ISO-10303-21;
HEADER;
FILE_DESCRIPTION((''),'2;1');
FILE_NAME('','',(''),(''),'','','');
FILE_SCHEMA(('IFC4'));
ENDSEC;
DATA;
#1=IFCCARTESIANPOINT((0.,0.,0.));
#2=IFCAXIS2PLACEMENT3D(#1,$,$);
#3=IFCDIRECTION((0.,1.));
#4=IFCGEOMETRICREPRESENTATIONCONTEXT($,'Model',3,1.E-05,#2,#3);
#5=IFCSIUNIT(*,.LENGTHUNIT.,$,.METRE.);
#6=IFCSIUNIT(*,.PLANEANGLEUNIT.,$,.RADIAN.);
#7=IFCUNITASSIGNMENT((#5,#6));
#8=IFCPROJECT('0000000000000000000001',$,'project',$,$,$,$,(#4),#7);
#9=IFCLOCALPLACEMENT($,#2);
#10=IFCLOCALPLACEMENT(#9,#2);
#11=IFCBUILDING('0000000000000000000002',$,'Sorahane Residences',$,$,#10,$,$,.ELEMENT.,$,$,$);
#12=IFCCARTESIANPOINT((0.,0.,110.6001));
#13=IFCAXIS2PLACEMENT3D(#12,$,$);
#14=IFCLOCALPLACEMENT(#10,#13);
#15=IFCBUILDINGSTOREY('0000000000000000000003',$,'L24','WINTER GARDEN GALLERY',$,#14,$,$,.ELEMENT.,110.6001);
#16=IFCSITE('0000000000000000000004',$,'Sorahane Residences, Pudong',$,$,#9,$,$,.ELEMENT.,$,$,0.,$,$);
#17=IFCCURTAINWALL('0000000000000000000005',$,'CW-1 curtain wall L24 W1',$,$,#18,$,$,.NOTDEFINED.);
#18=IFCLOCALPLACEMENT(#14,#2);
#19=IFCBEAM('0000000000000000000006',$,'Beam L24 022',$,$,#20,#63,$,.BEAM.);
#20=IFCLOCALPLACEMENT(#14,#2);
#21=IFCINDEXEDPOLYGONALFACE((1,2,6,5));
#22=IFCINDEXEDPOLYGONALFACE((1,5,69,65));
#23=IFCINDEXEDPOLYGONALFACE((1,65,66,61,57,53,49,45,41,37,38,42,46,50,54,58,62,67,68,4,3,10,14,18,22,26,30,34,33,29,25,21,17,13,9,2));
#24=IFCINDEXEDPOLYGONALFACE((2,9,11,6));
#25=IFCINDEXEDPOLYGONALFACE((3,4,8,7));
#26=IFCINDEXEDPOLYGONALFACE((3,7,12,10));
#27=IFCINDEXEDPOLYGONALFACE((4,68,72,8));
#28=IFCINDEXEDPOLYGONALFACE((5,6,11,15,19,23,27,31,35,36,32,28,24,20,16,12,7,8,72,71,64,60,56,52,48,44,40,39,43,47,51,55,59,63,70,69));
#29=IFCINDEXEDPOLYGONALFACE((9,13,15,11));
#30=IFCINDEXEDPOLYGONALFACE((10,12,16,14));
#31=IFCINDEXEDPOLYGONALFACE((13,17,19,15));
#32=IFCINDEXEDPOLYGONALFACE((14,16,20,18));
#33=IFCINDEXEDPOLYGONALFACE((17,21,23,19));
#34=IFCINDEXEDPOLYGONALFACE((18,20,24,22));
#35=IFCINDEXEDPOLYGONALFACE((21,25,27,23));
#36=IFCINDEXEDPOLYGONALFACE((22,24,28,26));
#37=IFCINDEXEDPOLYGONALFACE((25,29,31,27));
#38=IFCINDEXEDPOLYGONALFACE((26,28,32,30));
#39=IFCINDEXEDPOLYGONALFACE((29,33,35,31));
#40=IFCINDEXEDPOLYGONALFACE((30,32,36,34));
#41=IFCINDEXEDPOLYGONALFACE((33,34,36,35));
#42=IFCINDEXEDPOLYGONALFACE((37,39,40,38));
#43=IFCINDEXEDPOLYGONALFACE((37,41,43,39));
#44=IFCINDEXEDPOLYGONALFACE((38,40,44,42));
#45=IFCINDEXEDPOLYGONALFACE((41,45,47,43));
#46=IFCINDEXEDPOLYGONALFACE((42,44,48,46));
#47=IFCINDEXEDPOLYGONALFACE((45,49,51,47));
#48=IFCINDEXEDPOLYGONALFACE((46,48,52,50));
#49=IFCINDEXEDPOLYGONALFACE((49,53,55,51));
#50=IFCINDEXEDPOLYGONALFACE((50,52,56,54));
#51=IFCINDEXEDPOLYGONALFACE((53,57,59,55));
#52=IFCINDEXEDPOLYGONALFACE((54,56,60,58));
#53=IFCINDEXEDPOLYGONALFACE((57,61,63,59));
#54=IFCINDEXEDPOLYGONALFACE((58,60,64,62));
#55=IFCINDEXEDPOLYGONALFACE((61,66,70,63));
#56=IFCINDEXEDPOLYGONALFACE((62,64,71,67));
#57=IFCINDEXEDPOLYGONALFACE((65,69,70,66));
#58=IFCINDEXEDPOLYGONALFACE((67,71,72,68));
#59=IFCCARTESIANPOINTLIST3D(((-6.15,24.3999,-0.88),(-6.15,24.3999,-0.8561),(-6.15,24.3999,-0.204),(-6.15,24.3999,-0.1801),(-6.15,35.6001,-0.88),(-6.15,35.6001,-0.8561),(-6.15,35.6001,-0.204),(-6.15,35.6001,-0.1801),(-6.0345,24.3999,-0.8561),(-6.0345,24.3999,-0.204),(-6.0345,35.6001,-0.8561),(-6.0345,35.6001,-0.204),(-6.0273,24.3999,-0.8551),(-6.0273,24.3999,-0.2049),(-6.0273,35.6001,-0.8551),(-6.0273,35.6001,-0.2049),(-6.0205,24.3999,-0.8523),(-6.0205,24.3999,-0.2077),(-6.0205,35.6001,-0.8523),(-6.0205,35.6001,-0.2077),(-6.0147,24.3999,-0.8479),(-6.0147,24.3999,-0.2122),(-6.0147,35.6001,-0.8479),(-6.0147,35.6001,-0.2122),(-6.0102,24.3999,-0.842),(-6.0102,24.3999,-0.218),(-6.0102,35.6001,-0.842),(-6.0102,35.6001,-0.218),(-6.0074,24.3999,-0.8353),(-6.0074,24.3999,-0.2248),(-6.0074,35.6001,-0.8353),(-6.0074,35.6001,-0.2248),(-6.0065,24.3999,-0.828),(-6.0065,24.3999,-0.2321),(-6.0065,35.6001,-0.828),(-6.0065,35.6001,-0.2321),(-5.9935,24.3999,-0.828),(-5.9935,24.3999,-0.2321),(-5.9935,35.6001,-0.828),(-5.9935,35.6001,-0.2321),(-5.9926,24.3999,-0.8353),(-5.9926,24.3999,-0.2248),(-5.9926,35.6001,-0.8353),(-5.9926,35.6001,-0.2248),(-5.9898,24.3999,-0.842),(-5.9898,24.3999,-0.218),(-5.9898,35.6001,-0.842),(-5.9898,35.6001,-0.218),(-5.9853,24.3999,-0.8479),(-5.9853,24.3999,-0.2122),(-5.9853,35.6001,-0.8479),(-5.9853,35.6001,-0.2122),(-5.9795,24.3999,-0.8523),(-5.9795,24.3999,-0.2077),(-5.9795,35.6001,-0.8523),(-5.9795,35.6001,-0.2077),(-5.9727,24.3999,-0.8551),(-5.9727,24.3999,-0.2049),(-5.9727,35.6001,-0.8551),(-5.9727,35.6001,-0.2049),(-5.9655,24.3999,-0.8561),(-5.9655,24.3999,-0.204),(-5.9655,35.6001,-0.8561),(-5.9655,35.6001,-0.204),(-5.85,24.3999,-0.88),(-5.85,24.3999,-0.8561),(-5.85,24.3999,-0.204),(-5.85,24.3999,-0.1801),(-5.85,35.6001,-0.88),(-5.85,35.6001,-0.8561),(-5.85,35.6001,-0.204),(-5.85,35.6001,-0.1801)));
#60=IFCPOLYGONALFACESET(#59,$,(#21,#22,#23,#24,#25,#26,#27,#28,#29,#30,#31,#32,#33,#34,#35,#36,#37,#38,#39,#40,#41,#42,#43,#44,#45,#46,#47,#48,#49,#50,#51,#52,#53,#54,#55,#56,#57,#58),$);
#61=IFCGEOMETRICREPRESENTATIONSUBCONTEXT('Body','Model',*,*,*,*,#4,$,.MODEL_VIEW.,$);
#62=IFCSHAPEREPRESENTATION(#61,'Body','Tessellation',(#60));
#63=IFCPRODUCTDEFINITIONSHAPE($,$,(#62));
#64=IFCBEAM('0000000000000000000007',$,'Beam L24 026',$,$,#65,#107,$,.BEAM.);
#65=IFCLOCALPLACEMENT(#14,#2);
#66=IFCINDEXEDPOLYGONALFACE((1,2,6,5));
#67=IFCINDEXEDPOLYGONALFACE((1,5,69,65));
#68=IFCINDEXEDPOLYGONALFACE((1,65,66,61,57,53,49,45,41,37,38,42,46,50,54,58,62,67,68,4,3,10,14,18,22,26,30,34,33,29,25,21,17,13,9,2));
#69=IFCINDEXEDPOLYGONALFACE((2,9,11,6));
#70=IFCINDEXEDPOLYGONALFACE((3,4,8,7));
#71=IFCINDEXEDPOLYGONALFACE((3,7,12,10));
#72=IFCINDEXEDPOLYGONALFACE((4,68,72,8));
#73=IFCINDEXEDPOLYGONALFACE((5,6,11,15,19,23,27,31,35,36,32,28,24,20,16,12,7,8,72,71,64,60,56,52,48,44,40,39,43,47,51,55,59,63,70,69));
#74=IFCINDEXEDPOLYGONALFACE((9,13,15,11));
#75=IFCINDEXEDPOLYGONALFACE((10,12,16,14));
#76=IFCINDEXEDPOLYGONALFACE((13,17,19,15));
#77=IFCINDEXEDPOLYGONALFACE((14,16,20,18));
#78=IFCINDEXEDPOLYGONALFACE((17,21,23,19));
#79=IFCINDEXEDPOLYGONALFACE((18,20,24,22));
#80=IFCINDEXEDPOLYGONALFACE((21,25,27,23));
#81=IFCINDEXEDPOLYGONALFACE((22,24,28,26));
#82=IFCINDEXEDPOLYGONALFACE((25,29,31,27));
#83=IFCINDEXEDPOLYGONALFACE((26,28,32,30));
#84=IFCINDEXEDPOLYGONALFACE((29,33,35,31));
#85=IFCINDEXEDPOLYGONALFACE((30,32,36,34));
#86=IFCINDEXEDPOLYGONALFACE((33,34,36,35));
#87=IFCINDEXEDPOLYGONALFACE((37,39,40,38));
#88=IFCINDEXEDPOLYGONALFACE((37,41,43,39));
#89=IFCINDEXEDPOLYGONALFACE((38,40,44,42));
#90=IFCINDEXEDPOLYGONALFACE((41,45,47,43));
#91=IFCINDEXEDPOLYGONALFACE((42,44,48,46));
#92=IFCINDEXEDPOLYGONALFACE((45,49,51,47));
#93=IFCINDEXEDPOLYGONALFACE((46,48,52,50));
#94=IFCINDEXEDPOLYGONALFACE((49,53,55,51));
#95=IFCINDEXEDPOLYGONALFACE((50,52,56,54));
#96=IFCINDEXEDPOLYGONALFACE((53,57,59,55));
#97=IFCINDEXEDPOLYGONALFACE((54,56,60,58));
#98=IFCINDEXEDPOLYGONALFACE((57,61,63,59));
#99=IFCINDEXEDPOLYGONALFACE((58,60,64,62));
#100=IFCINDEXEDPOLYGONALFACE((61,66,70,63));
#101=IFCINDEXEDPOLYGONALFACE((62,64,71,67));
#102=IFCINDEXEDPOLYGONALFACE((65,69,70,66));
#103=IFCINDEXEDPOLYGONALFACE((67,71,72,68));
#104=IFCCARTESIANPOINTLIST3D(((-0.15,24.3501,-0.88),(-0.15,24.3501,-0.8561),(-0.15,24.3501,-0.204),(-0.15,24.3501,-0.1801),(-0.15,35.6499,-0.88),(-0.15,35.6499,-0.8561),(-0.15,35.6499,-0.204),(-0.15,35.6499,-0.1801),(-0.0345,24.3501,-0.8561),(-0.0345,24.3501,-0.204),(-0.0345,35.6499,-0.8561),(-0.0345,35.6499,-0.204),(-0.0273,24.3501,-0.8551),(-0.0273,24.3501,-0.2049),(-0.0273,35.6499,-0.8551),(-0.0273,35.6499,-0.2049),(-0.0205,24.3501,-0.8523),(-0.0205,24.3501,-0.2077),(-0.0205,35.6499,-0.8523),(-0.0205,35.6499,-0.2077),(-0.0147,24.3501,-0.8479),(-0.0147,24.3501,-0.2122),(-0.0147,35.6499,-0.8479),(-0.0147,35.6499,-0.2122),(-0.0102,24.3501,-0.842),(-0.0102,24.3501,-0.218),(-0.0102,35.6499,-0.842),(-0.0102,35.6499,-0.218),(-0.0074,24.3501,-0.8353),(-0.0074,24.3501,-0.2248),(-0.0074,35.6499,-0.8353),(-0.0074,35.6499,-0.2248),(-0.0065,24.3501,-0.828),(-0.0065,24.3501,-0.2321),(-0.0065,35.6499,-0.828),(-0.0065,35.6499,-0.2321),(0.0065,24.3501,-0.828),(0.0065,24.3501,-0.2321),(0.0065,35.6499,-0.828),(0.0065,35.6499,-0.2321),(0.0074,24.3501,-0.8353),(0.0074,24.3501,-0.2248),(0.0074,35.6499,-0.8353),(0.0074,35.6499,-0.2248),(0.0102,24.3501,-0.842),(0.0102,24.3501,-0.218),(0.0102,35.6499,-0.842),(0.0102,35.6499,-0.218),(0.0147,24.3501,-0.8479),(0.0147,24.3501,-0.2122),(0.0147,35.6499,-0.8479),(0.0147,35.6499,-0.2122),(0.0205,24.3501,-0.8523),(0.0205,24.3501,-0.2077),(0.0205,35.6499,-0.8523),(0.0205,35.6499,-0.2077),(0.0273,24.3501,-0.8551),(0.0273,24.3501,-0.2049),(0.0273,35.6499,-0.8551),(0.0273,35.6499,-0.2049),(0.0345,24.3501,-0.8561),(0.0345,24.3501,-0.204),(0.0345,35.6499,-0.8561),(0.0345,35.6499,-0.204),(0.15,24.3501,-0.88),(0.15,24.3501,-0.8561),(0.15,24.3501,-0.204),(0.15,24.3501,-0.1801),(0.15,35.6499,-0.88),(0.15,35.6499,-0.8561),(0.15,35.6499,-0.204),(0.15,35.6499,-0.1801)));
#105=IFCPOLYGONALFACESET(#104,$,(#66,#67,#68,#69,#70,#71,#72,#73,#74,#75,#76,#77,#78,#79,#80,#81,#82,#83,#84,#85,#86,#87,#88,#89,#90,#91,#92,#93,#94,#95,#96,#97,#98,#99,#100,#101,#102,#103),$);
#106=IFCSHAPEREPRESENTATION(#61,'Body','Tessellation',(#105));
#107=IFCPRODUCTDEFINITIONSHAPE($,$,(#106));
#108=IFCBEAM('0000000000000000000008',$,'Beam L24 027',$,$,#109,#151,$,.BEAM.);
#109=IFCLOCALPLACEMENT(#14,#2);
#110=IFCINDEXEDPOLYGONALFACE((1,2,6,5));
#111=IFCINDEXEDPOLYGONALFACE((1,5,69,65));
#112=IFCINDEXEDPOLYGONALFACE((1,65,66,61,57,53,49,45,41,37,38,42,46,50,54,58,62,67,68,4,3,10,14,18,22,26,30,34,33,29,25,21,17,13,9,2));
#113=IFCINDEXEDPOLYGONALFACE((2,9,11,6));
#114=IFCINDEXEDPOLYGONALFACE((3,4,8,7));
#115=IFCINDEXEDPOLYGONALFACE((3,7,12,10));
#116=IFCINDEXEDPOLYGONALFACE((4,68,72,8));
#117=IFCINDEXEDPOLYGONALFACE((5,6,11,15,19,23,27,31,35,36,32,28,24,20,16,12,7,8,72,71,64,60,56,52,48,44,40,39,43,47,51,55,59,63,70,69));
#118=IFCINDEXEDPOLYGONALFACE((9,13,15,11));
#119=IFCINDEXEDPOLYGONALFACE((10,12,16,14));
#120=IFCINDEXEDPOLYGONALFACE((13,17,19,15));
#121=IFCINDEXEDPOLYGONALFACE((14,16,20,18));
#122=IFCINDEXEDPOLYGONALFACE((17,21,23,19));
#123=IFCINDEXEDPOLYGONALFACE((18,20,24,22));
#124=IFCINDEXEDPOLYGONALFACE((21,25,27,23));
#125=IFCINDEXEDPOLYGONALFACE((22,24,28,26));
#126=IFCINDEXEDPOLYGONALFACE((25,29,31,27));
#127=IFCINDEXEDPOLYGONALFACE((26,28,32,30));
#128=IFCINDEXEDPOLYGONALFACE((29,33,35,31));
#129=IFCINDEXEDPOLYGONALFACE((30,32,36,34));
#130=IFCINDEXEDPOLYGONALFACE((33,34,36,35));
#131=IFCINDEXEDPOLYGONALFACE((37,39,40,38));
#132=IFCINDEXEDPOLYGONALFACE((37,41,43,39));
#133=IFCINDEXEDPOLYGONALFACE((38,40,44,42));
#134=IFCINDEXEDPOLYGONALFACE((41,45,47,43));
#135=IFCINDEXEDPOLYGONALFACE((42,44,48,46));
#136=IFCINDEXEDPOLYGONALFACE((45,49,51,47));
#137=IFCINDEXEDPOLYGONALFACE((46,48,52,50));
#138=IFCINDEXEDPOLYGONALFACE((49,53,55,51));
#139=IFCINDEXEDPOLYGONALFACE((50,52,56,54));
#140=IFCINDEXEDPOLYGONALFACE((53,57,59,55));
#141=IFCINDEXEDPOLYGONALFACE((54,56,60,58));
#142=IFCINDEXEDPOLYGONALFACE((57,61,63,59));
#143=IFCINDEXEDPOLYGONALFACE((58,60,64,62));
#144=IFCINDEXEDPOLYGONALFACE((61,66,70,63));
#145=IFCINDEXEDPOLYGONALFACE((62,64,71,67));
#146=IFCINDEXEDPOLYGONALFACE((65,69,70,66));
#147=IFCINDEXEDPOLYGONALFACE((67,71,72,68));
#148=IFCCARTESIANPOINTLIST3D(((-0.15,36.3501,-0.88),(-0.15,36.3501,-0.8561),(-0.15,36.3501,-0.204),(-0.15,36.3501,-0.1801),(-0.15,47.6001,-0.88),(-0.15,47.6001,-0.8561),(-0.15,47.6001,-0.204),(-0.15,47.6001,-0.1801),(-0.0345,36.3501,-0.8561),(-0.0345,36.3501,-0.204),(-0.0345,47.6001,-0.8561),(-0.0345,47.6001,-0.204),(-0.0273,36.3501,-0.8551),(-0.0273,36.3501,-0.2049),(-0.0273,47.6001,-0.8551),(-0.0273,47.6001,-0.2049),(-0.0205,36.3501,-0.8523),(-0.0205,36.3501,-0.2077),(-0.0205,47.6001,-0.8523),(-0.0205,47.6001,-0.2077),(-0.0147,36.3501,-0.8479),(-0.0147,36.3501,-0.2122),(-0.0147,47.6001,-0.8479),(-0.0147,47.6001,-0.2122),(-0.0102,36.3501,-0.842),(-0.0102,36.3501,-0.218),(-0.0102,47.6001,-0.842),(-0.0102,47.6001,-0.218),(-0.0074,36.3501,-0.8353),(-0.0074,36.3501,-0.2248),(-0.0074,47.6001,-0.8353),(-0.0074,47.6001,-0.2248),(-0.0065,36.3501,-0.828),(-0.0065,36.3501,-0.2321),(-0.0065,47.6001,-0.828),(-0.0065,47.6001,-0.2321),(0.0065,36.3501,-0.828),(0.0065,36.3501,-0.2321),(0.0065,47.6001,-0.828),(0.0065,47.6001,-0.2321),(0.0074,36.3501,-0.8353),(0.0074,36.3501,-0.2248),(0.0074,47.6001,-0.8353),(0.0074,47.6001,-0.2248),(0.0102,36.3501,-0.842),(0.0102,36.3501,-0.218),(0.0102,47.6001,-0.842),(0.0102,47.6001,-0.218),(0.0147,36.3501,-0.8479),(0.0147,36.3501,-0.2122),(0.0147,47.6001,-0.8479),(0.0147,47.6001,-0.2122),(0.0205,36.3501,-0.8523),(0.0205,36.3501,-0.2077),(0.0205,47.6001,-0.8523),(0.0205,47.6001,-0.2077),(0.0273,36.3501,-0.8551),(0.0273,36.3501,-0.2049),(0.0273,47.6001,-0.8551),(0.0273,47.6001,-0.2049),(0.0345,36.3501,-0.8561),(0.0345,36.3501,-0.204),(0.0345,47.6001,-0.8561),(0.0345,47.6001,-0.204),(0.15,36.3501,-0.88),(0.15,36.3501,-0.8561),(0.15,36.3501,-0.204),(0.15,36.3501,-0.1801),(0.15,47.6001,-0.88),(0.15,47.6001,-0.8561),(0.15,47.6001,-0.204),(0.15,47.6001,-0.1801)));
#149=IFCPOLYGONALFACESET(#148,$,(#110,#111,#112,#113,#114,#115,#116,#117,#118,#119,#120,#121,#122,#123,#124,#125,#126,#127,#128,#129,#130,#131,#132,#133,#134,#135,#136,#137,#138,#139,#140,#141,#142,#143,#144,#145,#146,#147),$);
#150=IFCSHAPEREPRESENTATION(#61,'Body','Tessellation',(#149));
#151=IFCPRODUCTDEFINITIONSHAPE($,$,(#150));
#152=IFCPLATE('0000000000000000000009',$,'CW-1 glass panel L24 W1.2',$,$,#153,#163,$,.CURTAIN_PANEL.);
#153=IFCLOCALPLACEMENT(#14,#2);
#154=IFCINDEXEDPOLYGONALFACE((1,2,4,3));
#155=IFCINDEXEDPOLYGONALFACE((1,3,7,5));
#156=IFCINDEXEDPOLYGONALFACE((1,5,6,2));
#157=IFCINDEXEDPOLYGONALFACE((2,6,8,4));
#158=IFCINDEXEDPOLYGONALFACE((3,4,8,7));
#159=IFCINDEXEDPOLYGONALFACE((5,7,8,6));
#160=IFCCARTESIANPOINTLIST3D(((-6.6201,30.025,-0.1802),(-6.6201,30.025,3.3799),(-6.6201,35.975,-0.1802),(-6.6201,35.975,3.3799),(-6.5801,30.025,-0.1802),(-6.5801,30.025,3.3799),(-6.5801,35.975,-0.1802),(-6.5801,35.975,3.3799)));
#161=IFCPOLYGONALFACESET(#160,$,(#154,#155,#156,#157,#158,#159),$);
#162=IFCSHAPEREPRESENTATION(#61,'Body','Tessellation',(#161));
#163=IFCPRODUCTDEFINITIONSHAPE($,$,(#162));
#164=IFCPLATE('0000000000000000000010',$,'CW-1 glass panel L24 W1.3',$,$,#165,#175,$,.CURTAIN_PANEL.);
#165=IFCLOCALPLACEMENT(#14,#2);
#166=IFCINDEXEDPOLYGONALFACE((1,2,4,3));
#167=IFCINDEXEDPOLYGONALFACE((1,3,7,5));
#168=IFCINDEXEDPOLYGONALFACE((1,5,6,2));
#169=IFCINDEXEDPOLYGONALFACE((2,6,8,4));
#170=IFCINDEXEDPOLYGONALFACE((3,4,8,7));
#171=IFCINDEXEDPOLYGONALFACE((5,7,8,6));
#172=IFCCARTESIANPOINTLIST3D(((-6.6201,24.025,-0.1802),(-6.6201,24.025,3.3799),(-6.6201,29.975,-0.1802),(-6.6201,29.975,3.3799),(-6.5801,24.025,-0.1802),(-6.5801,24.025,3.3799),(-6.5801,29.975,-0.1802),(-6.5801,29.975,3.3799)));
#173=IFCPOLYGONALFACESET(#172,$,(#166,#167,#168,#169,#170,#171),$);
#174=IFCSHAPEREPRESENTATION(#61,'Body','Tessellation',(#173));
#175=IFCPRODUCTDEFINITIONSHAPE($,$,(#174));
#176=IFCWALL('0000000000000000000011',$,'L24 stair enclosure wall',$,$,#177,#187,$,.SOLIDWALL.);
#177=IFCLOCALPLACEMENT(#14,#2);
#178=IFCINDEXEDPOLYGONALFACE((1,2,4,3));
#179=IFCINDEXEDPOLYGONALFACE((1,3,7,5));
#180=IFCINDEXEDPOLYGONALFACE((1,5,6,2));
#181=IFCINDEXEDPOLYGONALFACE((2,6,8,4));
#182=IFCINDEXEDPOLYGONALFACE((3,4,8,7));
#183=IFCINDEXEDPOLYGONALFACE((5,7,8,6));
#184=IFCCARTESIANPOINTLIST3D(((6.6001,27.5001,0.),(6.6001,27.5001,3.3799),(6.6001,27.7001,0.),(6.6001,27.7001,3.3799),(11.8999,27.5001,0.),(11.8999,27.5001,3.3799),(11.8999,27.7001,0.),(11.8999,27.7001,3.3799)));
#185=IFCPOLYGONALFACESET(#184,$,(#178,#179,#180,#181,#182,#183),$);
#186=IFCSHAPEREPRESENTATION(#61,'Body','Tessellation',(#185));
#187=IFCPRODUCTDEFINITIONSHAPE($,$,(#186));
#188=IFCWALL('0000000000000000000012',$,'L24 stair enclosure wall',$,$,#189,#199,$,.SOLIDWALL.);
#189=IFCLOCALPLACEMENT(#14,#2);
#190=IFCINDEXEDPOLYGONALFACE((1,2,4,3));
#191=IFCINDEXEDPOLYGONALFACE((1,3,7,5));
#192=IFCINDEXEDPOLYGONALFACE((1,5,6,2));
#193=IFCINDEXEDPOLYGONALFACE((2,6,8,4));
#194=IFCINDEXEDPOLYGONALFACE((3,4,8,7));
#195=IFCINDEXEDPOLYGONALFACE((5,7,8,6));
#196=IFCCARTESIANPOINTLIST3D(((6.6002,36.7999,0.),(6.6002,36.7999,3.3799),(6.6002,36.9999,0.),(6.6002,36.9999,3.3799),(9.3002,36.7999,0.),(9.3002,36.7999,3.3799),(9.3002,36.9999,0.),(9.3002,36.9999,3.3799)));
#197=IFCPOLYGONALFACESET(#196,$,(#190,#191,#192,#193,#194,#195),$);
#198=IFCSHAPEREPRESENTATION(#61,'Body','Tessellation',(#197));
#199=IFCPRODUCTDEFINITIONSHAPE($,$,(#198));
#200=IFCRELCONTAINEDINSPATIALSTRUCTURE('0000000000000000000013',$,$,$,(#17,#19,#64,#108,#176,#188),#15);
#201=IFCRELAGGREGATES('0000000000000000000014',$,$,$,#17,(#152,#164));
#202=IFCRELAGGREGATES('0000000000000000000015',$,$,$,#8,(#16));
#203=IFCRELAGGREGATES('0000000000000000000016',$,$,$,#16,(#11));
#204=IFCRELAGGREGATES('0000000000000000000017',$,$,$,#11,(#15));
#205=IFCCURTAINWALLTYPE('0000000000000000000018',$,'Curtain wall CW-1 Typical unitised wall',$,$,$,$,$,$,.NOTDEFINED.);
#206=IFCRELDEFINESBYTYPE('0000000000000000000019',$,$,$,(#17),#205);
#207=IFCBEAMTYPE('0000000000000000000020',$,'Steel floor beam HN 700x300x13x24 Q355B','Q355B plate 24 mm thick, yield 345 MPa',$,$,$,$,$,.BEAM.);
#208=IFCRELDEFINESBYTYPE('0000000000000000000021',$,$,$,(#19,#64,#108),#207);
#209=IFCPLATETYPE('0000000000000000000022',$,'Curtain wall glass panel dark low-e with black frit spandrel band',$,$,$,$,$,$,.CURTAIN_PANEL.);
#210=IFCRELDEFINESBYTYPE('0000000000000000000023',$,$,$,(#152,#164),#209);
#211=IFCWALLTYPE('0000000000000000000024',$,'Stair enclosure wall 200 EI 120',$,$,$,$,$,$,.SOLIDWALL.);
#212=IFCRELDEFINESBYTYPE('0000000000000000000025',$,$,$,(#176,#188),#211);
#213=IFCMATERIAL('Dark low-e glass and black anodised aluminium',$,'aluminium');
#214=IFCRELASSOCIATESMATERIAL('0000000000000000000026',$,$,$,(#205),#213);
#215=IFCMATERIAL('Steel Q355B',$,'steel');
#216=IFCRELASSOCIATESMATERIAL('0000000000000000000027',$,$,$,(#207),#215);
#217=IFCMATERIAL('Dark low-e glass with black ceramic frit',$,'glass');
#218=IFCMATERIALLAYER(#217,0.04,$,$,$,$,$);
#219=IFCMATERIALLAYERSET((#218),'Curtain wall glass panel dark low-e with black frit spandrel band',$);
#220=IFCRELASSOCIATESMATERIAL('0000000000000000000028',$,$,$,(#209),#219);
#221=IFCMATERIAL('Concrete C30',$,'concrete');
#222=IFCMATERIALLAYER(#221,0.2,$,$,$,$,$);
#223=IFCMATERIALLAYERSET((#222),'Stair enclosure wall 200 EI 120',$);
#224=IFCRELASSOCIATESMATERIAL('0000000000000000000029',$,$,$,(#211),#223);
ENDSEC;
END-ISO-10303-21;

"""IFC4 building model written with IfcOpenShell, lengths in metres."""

from ifc_helpers import new_model, si_unit, direction, frame, frame_2d, origin, origin_2d, place, context, subcontext, project, spatial, rectangle, i_section, extrude, material, layer, layer_set, material_profile, profile_set, type_object, element, aggregate, save


model = new_model("IFC4")

# Units and contexts
model_context = context("Model", 3, precision=1e-05, world=origin(), true_north=direction((0.0, 1.0)))
body_context = subcontext(model_context, "Body", "Model", "MODEL_VIEW")
ifc_project = project(units=[si_unit("LENGTHUNIT", "METRE"), si_unit("PLANEANGLEUNIT", "RADIAN")], contexts=[model_context])

# Site, building, storey
site_placement = place(None, origin())
site = spatial("IfcSite", under=ifc_project, at=site_placement, Name="Sorahane Residences, Pudong", CompositionType="ELEMENT", RefElevation=0.0)
building_placement = place(site_placement, origin())
building = spatial("IfcBuilding", under=site, at=building_placement, Name="Sorahane Residences", CompositionType="ELEMENT")
storey_placement = place(building_placement, frame((0.0, 0.0, 110.6001)))
storey = spatial("IfcBuildingStorey", under=building, at=storey_placement, Name="L24", Description="WINTER GARDEN GALLERY", CompositionType="ELEMENT", Elevation=110.6001)

# Curtain wall
ifc_material_1 = material(Name="Dark low-e glass and black anodised aluminium", Category="aluminium")
curtain_wall_type = type_object("IfcCurtainWallType", Name="Curtain wall CW-1 Typical unitised wall", PredefinedType="NOTDEFINED", material=ifc_material_1)
curtain_wall_placement = place(storey_placement, origin())
curtain_wall = element("IfcCurtainWall", 1, at=curtain_wall_placement, inside=storey, type_object=curtain_wall_type, Name="CW-1 curtain wall L24 W1", PredefinedType="NOTDEFINED")

# Beams
ifc_material_2 = material(Name="Steel Q355B", Category="steel")
ifc_material_profile_1 = material_profile(ifc_material_2, i_section(OverallWidth=0.3, OverallDepth=0.7, WebThickness=0.0129, FlangeThickness=0.0239, FilletRadius=0.0281, at=origin_2d()), Name="HN 700x300x13x24")
ifc_profile_set_1 = profile_set([ifc_material_profile_1], Name="Steel Q355B")
beam_type_1 = type_object("IfcBeamType", Name="Steel floor beam HN 700x300x13x24 Q355B", Description="Q355B plate 24 mm thick, yield 345 MPa", PredefinedType="BEAM", material=ifc_profile_set_1)
beam_1_placement = place(storey_placement, frame((-6.0, 24.3999, -0.53), z_axis=(0.0, 1.0, 0.0), x_axis=(-1.0, 0.0, 0.0)))
element("IfcBeam", 2, at=beam_1_placement, inside=storey, type_object=beam_type_1, Name="Beam L24 022", PredefinedType="BEAM", context=body_context, shape_type="SweptSolid", body=[
    extrude(i_section(OverallWidth=0.3, OverallDepth=0.7, WebThickness=0.0129, FlangeThickness=0.0239, FilletRadius=0.0281, at=origin_2d()), origin(), (0.0, 0.0, 1.0), 11.2002),
])
beam_2_placement = place(storey_placement, frame((0.0, 24.3501, -0.53), z_axis=(0.0, 1.0, 0.0), x_axis=(-1.0, 0.0, 0.0)))
element("IfcBeam", 3, at=beam_2_placement, inside=storey, type_object=beam_type_1, Name="Beam L24 026", PredefinedType="BEAM", context=body_context, shape_type="SweptSolid", body=[
    extrude(i_section(OverallWidth=0.3, OverallDepth=0.7, WebThickness=0.0129, FlangeThickness=0.0239, FilletRadius=0.0281, at=origin_2d()), origin(), (0.0, 0.0, 1.0), 11.2998),
])
beam_3_placement = place(storey_placement, frame((0.0, 36.3501, -0.53), z_axis=(0.0, 1.0, 0.0), x_axis=(-1.0, 0.0, 0.0)))
element("IfcBeam", 4, at=beam_3_placement, inside=storey, type_object=beam_type_1, Name="Beam L24 027", PredefinedType="BEAM", context=body_context, shape_type="SweptSolid", body=[
    extrude(i_section(OverallWidth=0.3, OverallDepth=0.7, WebThickness=0.0129, FlangeThickness=0.0239, FilletRadius=0.0281, at=origin_2d()), origin(), (0.0, 0.0, 1.0), 11.25),
])

# Plates
ifc_material_3 = material(Name="Dark low-e glass with black ceramic frit", Category="glass")
ifc_layer_1 = layer(ifc_material_3, 0.04)
ifc_layer_set_1 = layer_set([ifc_layer_1], Name="Curtain wall glass panel dark low-e with black frit spandrel band")
plate_type = type_object("IfcPlateType", Name="Curtain wall glass panel dark low-e with black frit spandrel band", PredefinedType="CURTAIN_PANEL", material=ifc_layer_set_1)
plate_1_placement = place(storey_placement, frame((-6.6001, 33.0, -0.1802), z_axis=(0.0, 0.0, 1.0), x_axis=(0.0, -1.0, 0.0)))
plate_1 = element("IfcPlate", 5, at=plate_1_placement, type_object=plate_type, Name="CW-1 glass panel L24 W1.2", PredefinedType="CURTAIN_PANEL", context=body_context, shape_type="SweptSolid", body=[
    extrude(rectangle(XDim=5.95, YDim=0.04, at=origin_2d()), origin(), (0.0, 0.0, 1.0), 3.5601),
])
plate_2_placement = place(storey_placement, frame((-6.6001, 27.0, -0.1802), z_axis=(0.0, 0.0, 1.0), x_axis=(0.0, -1.0, 0.0)))
plate_2 = element("IfcPlate", 6, at=plate_2_placement, type_object=plate_type, Name="CW-1 glass panel L24 W1.3", PredefinedType="CURTAIN_PANEL", context=body_context, shape_type="SweptSolid", body=[
    extrude(rectangle(XDim=5.95, YDim=0.04, at=origin_2d()), origin(), (0.0, 0.0, 1.0), 3.5601),
])
aggregate(curtain_wall, [plate_1, plate_2])

# Walls
ifc_material_4 = material(Name="Concrete C30", Category="concrete")
ifc_layer_2 = layer(ifc_material_4, 0.2)
ifc_layer_set_2 = layer_set([ifc_layer_2], Name="Stair enclosure wall 200 EI 120")
wall_type = type_object("IfcWallType", Name="Stair enclosure wall 200 EI 120", PredefinedType="SOLIDWALL", material=ifc_layer_set_2)
wall_1_placement = place(storey_placement, frame((6.6001, 27.6001, 0.0), z_axis=(0.0, 0.0, 1.0), x_axis=(1.0, 0.0, 0.0)))
element("IfcWall", 7, at=wall_1_placement, inside=storey, type_object=wall_type, Name="L24 stair enclosure wall", PredefinedType="SOLIDWALL", context=body_context, shape_type="SweptSolid", body=[
    extrude(rectangle(XDim=5.2998, YDim=0.2, at=frame_2d((2.6499, 0.0))), origin(), (0.0, 0.0, 1.0), 3.3799),
])
wall_2_placement = place(storey_placement, frame((6.6001, 36.8999, 0.0), z_axis=(0.0, 0.0, 1.0), x_axis=(1.0, 0.0, 0.0)))
element("IfcWall", 8, at=wall_2_placement, inside=storey, type_object=wall_type, Name="L24 stair enclosure wall", PredefinedType="SOLIDWALL", context=body_context, shape_type="SweptSolid", body=[
    extrude(rectangle(XDim=2.7, YDim=0.2, at=frame_2d((1.3501, 0.0))), origin(), (0.0, 0.0, 1.0), 3.3799),
])

save(model, "model.ifc")
